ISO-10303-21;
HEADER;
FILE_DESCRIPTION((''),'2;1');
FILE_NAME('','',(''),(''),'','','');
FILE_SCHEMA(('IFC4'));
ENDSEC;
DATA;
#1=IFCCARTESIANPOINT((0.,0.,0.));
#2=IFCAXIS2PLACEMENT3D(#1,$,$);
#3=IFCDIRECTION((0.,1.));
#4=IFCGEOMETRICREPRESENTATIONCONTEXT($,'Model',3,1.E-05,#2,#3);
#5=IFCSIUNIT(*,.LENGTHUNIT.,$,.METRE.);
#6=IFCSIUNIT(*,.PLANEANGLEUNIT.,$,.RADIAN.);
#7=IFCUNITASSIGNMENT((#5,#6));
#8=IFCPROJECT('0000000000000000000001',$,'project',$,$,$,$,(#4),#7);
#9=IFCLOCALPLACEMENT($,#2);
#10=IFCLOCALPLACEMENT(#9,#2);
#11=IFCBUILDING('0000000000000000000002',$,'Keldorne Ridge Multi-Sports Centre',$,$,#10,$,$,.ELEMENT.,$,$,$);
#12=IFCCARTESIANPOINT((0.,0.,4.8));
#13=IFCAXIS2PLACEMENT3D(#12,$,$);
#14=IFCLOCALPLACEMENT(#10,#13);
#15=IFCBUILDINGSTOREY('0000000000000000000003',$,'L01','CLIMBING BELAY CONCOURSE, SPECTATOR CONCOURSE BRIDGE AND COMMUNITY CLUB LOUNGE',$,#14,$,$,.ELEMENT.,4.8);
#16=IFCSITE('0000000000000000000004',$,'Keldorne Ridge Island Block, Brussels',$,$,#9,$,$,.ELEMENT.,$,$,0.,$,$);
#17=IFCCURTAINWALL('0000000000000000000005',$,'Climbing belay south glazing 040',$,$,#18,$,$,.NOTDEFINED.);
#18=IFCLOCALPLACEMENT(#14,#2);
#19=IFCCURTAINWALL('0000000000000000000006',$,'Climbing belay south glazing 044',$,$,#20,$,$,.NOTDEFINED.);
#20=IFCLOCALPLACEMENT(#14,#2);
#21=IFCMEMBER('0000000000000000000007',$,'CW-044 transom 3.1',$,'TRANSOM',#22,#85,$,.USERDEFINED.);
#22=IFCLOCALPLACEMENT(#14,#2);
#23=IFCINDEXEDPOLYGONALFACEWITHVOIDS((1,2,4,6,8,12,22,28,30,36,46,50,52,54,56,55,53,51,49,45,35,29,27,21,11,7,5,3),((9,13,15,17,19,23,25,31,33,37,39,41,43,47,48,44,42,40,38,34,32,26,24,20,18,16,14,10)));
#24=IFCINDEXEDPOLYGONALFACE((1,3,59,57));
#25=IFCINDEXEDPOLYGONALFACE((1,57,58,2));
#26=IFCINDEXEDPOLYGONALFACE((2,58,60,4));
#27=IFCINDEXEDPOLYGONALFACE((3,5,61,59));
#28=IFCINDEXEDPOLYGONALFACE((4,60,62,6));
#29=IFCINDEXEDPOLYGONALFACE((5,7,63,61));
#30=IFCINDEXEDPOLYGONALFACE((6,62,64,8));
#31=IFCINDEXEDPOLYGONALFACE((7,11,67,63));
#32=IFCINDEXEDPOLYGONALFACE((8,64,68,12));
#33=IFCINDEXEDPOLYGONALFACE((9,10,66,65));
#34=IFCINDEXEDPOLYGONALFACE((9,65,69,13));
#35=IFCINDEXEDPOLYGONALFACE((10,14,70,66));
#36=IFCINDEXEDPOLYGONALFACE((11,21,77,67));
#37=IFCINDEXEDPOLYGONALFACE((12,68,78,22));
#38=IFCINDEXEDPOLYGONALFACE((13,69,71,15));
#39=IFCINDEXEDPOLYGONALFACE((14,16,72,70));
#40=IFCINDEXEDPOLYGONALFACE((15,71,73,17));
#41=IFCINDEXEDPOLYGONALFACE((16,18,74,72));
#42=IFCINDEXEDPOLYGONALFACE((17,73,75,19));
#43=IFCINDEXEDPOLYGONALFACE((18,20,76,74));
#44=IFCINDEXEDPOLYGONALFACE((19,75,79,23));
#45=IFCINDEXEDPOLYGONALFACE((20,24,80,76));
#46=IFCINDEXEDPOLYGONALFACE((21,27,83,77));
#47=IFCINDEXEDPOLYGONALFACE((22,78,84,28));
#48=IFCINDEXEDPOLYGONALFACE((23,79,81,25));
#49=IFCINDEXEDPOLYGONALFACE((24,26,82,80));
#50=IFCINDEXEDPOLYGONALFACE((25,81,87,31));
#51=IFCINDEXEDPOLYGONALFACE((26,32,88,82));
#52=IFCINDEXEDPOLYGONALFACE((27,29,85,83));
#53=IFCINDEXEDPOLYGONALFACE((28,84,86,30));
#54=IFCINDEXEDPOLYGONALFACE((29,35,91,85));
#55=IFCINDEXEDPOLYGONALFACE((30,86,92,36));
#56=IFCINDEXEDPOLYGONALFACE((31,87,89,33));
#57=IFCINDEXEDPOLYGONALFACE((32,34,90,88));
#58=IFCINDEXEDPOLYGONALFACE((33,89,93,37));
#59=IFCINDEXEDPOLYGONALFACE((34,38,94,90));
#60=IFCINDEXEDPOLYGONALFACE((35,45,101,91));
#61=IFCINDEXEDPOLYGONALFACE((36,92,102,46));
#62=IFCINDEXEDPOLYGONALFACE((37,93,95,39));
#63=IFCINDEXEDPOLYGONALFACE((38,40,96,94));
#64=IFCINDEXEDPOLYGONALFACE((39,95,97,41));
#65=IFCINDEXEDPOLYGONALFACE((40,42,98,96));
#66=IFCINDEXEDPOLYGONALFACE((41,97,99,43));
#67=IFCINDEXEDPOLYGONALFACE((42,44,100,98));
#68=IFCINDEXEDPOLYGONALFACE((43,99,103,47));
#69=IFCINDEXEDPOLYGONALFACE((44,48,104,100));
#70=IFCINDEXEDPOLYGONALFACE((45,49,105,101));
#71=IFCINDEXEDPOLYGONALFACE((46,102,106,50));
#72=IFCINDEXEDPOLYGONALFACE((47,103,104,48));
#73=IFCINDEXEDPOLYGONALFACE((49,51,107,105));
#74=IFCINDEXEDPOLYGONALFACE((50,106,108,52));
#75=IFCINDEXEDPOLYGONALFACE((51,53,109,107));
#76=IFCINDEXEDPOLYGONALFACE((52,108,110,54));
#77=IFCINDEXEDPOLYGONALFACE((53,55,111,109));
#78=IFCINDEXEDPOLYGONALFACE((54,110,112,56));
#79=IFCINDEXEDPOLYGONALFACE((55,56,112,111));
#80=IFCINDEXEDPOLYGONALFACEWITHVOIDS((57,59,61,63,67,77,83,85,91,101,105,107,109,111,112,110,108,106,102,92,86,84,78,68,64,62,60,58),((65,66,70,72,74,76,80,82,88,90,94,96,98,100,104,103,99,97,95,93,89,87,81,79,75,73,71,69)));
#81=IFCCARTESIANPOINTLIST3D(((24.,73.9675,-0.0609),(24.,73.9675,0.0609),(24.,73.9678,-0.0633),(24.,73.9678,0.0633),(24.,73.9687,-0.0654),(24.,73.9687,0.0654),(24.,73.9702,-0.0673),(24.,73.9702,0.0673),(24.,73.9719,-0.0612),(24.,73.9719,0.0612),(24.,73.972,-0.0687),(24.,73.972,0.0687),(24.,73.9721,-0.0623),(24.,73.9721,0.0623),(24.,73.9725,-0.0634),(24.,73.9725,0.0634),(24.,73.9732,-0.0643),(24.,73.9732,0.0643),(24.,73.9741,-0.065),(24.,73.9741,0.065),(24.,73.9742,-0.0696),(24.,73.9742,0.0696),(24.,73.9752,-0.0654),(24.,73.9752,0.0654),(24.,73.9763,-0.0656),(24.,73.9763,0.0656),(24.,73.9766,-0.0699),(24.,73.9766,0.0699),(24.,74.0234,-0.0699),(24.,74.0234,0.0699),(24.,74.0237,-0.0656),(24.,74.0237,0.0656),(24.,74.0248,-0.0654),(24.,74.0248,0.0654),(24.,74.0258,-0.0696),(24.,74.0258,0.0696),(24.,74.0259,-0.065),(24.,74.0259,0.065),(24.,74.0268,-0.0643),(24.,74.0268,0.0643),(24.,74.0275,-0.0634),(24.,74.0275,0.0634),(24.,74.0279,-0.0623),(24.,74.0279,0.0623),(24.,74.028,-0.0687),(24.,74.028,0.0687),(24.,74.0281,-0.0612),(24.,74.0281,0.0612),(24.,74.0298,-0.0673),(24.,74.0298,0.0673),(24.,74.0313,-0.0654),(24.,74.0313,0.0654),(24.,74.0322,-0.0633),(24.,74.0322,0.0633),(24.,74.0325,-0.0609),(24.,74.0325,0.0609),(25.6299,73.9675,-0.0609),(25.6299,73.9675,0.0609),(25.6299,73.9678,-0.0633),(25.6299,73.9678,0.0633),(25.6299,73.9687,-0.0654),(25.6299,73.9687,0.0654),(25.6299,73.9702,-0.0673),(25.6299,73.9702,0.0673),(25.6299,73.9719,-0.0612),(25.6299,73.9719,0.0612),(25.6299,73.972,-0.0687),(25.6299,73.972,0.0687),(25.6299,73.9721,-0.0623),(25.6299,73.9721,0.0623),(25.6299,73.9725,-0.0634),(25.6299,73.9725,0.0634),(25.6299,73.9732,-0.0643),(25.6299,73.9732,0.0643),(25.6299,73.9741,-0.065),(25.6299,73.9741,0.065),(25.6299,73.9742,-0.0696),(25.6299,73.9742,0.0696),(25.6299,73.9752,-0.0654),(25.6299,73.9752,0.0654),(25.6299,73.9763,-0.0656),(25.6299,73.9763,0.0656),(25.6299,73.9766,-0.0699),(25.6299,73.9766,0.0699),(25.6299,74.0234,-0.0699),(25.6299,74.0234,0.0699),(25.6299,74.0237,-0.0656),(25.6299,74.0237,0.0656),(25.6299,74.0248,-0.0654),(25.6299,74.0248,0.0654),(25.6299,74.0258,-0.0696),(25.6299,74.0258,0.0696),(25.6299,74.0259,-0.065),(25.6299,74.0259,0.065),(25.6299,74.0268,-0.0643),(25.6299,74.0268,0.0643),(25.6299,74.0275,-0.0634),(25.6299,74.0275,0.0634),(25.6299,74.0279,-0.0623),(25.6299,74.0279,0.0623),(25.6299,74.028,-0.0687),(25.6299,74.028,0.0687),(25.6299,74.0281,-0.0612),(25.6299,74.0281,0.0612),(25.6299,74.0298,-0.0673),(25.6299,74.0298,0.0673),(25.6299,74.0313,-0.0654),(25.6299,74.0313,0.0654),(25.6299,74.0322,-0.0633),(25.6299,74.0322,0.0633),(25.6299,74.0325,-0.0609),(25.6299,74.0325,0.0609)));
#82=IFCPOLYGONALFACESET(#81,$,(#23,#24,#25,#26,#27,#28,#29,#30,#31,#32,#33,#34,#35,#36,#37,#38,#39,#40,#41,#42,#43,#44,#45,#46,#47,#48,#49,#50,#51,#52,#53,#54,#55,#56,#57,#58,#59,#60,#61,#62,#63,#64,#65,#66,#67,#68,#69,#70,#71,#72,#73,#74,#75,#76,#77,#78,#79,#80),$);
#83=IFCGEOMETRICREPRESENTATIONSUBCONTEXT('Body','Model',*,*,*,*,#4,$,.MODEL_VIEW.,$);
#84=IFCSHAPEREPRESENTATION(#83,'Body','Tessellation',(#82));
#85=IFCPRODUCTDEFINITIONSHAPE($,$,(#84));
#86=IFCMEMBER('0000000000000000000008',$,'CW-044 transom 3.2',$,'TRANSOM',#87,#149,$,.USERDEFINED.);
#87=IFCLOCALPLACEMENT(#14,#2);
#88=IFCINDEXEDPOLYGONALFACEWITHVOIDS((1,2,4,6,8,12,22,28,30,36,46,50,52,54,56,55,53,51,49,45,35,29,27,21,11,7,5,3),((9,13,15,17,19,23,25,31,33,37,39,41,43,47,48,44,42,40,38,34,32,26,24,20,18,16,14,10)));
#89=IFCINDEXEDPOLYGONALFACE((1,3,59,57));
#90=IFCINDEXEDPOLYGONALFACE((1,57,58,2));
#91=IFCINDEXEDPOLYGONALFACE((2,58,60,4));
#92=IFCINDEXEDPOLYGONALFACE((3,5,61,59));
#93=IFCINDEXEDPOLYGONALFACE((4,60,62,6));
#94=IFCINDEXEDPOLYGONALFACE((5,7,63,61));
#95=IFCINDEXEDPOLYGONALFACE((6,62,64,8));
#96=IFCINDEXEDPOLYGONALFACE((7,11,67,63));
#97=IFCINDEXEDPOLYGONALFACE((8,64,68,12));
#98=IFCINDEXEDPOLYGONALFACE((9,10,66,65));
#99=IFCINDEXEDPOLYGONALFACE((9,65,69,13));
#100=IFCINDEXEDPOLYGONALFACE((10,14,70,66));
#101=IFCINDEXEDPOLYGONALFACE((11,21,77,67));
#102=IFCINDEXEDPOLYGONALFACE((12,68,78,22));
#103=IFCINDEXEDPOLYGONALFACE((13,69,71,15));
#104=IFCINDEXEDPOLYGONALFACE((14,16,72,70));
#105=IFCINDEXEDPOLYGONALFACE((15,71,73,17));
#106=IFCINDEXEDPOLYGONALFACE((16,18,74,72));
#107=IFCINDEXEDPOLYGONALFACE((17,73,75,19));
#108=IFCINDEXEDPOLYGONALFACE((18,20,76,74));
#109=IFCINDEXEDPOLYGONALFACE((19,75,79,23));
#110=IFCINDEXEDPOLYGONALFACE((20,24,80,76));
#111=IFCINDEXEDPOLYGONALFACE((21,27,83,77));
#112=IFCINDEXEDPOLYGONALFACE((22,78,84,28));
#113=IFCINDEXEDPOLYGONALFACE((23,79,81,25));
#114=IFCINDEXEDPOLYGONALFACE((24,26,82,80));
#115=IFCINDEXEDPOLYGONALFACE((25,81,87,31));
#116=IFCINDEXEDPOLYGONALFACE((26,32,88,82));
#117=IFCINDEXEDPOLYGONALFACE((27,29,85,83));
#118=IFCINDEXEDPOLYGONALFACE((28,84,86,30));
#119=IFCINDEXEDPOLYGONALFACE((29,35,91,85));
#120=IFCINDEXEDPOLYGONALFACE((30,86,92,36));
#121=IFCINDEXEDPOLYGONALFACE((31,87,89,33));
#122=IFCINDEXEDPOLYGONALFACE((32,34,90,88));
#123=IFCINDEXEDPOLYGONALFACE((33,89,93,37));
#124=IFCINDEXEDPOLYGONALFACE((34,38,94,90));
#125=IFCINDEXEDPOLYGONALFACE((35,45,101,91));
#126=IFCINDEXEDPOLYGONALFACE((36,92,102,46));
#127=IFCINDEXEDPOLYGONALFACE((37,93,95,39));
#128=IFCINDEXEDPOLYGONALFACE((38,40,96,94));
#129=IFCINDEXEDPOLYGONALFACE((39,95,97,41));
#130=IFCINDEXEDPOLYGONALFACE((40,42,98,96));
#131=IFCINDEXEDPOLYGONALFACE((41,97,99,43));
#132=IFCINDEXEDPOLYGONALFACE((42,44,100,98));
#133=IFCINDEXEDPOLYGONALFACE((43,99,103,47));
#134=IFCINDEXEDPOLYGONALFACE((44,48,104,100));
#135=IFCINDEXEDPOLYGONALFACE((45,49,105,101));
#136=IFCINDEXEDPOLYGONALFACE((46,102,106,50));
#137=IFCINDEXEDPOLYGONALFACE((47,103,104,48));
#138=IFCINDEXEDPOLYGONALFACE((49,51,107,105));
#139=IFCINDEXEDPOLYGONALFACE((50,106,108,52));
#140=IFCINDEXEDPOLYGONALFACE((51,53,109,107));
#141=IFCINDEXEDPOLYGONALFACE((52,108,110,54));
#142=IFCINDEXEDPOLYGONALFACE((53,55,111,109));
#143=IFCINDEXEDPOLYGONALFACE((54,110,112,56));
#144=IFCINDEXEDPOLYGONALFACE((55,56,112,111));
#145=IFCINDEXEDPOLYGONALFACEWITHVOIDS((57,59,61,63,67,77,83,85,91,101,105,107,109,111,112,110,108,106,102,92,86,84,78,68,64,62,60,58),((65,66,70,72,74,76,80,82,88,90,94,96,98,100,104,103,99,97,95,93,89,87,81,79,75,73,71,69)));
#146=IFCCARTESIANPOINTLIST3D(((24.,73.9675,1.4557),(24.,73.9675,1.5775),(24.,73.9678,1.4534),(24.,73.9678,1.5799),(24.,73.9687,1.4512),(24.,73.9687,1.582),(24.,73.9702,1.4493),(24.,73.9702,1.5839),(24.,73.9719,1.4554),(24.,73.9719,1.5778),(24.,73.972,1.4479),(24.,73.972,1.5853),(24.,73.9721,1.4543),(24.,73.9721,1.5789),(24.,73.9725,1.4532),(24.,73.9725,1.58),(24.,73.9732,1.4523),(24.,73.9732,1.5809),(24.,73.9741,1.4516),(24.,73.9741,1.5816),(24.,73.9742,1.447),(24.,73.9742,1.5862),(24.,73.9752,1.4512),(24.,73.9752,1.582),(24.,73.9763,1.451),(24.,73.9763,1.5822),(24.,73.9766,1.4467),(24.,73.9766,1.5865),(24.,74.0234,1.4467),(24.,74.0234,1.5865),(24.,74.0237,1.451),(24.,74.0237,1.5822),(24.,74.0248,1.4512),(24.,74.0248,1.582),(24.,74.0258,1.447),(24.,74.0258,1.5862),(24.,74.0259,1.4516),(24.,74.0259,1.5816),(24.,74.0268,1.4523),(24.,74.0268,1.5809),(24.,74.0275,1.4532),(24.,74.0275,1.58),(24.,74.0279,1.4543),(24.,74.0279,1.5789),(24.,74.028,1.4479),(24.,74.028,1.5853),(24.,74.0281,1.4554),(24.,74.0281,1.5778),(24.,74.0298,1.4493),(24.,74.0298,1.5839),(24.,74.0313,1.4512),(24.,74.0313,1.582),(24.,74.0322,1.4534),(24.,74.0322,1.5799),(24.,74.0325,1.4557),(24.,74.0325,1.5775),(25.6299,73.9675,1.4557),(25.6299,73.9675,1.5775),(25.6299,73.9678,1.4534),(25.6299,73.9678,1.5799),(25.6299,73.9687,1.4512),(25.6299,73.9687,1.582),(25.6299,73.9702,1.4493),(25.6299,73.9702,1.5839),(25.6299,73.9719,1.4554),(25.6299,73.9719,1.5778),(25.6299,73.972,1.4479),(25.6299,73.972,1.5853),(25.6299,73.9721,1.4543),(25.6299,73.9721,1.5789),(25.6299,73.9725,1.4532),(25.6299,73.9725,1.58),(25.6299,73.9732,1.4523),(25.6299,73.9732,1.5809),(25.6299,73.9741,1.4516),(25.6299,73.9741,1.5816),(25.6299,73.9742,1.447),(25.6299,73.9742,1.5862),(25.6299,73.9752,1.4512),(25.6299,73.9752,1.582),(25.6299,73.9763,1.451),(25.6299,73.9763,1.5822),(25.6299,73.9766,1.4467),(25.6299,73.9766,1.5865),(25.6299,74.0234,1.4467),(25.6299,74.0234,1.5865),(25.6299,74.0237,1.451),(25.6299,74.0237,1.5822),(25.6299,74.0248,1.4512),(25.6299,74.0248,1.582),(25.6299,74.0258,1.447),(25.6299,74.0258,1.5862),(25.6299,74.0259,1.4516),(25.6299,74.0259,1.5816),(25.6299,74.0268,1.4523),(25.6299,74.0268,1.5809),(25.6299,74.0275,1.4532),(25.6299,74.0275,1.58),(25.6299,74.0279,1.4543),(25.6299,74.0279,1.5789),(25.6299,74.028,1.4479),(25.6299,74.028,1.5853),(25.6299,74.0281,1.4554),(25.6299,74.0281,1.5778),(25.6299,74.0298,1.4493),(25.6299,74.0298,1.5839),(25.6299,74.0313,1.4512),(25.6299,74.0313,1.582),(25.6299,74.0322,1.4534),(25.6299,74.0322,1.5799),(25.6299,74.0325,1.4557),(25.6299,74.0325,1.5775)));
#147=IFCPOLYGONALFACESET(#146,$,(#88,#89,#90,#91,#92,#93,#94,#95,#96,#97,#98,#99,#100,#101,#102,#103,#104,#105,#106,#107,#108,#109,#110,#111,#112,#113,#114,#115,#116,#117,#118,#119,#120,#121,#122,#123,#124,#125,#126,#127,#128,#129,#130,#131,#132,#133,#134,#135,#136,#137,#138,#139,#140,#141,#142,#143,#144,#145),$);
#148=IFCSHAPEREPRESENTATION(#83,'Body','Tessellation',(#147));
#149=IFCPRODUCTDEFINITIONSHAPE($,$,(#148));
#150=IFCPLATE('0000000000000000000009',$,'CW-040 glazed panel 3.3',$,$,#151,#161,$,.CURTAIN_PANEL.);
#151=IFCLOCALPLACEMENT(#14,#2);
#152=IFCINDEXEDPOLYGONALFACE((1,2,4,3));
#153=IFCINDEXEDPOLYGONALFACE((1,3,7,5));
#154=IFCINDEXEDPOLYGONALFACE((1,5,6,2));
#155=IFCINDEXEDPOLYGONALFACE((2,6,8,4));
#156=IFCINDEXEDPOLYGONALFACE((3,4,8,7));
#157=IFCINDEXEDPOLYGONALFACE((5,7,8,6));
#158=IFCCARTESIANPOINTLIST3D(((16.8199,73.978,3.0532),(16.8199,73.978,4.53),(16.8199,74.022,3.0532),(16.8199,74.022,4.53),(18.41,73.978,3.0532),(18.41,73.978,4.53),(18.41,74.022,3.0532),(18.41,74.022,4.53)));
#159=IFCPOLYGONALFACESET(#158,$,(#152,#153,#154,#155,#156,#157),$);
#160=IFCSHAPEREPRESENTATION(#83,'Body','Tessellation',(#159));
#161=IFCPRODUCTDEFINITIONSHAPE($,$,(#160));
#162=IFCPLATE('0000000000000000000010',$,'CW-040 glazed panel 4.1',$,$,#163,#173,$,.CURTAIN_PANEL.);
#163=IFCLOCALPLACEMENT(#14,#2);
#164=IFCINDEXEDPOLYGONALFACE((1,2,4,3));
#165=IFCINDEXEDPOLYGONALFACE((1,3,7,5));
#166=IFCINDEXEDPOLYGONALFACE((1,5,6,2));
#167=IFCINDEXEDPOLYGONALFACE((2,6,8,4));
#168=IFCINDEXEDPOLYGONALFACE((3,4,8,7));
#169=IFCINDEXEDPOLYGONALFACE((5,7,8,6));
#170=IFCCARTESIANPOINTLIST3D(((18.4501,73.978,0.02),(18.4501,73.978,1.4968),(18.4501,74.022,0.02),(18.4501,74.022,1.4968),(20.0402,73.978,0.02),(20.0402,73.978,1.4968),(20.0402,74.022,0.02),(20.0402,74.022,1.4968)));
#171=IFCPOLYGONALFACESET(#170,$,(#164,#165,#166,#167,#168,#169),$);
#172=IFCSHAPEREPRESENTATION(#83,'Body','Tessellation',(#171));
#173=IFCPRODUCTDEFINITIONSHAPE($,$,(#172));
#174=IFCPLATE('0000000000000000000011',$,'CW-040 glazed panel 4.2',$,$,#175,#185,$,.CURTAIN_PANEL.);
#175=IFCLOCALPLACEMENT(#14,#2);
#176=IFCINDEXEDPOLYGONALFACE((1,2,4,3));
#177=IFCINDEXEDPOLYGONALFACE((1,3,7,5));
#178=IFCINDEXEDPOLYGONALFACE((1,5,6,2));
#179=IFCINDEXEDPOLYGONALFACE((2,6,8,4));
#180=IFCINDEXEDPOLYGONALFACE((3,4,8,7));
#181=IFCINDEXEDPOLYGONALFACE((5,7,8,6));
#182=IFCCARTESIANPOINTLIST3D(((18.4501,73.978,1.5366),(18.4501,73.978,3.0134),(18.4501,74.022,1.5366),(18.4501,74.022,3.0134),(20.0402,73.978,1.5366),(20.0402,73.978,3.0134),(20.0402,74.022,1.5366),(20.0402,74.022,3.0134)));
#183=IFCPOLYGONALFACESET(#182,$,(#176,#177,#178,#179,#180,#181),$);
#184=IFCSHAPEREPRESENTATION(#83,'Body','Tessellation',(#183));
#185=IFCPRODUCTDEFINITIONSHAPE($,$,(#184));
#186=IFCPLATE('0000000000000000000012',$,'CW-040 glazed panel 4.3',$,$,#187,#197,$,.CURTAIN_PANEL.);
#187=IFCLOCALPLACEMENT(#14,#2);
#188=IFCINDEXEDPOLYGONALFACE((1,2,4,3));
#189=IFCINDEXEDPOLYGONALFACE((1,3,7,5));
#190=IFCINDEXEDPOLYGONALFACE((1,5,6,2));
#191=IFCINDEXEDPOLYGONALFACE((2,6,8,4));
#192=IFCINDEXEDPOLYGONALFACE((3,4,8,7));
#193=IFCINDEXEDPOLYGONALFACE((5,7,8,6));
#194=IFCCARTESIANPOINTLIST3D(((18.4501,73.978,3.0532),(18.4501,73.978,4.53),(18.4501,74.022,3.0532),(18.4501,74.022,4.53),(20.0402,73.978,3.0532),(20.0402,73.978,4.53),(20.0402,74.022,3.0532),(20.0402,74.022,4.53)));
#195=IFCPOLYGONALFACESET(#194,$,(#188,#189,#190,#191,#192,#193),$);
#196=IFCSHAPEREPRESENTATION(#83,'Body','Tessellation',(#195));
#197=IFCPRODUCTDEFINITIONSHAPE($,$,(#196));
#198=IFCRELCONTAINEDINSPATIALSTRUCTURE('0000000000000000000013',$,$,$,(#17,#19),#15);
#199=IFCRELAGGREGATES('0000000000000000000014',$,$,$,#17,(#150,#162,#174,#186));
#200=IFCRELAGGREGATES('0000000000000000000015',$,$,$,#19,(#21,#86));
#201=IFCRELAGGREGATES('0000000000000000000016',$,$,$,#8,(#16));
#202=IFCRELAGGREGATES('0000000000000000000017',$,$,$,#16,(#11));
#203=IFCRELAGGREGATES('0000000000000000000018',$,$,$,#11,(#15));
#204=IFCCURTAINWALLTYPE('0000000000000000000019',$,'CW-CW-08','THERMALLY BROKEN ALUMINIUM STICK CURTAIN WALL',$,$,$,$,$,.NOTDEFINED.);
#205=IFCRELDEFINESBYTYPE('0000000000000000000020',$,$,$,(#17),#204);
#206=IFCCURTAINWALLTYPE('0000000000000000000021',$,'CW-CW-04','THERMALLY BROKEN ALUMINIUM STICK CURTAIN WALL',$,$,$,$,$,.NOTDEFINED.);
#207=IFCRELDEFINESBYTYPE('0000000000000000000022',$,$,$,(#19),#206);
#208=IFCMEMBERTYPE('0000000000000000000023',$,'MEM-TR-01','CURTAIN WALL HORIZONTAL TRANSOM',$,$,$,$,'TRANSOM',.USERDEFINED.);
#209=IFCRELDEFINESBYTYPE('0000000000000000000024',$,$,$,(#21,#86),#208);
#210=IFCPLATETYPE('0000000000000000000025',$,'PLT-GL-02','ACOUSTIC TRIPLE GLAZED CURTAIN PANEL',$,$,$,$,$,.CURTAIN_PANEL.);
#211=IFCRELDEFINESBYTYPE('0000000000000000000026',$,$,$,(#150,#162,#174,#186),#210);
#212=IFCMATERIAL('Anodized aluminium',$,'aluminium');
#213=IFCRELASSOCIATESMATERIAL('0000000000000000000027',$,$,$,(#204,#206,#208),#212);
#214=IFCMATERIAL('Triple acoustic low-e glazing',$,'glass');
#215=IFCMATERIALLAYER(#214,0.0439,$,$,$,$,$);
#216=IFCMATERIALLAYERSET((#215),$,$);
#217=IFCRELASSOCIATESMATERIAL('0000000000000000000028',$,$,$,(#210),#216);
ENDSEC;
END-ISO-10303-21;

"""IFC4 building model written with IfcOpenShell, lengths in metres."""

from ifc_helpers import new_model, si_unit, direction, frame, origin, origin_2d, place, context, subcontext, project, spatial, rectangle, hollow_rectangle, extrude, material, layer, layer_set, material_profile, profile_set, type_object, element, aggregate, save


model = new_model("IFC4")

# Units and contexts
model_context = context("Model", 3, precision=1e-05, world=origin(), true_north=direction((0.0, 1.0)))
body_context = subcontext(model_context, "Body", "Model", "MODEL_VIEW")
ifc_project = project(units=[si_unit("LENGTHUNIT", "METRE"), si_unit("PLANEANGLEUNIT", "RADIAN")], contexts=[model_context])

# Site, building, storey
site_placement = place(None, origin())
site = spatial("IfcSite", under=ifc_project, at=site_placement, Name="Keldorne Ridge Island Block, Brussels", CompositionType="ELEMENT", RefElevation=0.0)
building_placement = place(site_placement, origin())
building = spatial("IfcBuilding", under=site, at=building_placement, Name="Keldorne Ridge Multi-Sports Centre", CompositionType="ELEMENT")
storey_placement = place(building_placement, frame((0.0, 0.0, 4.8)))
storey = spatial("IfcBuildingStorey", under=building, at=storey_placement, Name="L01", Description="CLIMBING BELAY CONCOURSE, SPECTATOR CONCOURSE BRIDGE AND COMMUNITY CLUB LOUNGE", CompositionType="ELEMENT", Elevation=4.8)

# Curtain walls
ifc_material_1 = material(Name="Anodized aluminium", Category="aluminium")
curtain_wall_type_1 = type_object("IfcCurtainWallType", Name="CW-CW-08", Description="THERMALLY BROKEN ALUMINIUM STICK CURTAIN WALL", PredefinedType="NOTDEFINED", material=ifc_material_1)
curtain_wall_1_placement = place(storey_placement, origin())
curtain_wall_1 = element("IfcCurtainWall", 1, at=curtain_wall_1_placement, inside=storey, type_object=curtain_wall_type_1, Name="Climbing belay south glazing 040", PredefinedType="NOTDEFINED")
curtain_wall_type_2 = type_object("IfcCurtainWallType", Name="CW-CW-04", Description="THERMALLY BROKEN ALUMINIUM STICK CURTAIN WALL", PredefinedType="NOTDEFINED", material=ifc_material_1)
curtain_wall_2_placement = place(storey_placement, origin())
curtain_wall_2 = element("IfcCurtainWall", 2, at=curtain_wall_2_placement, inside=storey, type_object=curtain_wall_type_2, Name="Climbing belay south glazing 044", PredefinedType="NOTDEFINED")

# Members
ifc_material_profile_1 = material_profile(ifc_material_1, hollow_rectangle(XDim=0.0649, YDim=0.1399, WallThickness=0.0044, InnerFilletRadius=0.0044, OuterFilletRadius=0.009, at=origin_2d()), Name="ALU TRANSOM 140x65x4.5")
ifc_profile_set_1 = profile_set([ifc_material_profile_1], Name="Anodized aluminium")
member_type_1 = type_object("IfcMemberType", Name="MEM-TR-01", Description="CURTAIN WALL HORIZONTAL TRANSOM", ElementType="TRANSOM", PredefinedType="USERDEFINED", material=ifc_profile_set_1)
member_1_placement = place(storey_placement, frame((24.0, 74.0, 0.0), z_axis=(1.0, 0.0, 0.0), x_axis=(0.0, 1.0, 0.0)))
member_1 = element("IfcMember", 3, at=member_1_placement, type_object=member_type_1, Name="CW-044 transom 3.1", ObjectType="TRANSOM", PredefinedType="USERDEFINED", context=body_context, shape_type="SweptSolid", body=[
    extrude(hollow_rectangle(XDim=0.0649, YDim=0.1399, WallThickness=0.0044, InnerFilletRadius=0.0044, OuterFilletRadius=0.009, at=origin_2d()), origin(), (0.0, 0.0, 1.0), 1.6299),
])
member_2_placement = place(storey_placement, frame((24.0, 74.0, 1.5166), z_axis=(1.0, 0.0, 0.0), x_axis=(0.0, 1.0, 0.0)))
member_2 = element("IfcMember", 4, at=member_2_placement, type_object=member_type_1, Name="CW-044 transom 3.2", ObjectType="TRANSOM", PredefinedType="USERDEFINED", context=body_context, shape_type="SweptSolid", body=[
    extrude(hollow_rectangle(XDim=0.0649, YDim=0.1399, WallThickness=0.0044, InnerFilletRadius=0.0044, OuterFilletRadius=0.009, at=origin_2d()), origin(), (0.0, 0.0, 1.0), 1.6299),
])

# Plates
ifc_material_2 = material(Name="Triple acoustic low-e glazing", Category="glass")
ifc_layer = layer(ifc_material_2, 0.0439)
ifc_layer_set = layer_set([ifc_layer])
plate_type = type_object("IfcPlateType", Name="PLT-GL-02", Description="ACOUSTIC TRIPLE GLAZED CURTAIN PANEL", PredefinedType="CURTAIN_PANEL", material=ifc_layer_set)
plate_1_placement = place(storey_placement, frame((17.615, 74.0, 3.0532), z_axis=(0.0, 0.0, 1.0), x_axis=(1.0, 0.0, 0.0)))
plate_1 = element("IfcPlate", 5, at=plate_1_placement, type_object=plate_type, Name="CW-040 glazed panel 3.3", PredefinedType="CURTAIN_PANEL", context=body_context, shape_type="SweptSolid", body=[
    extrude(rectangle(XDim=1.5901, YDim=0.0439, at=origin_2d()), origin(), (0.0, 0.0, 1.0), 1.4768),
])
plate_2_placement = place(storey_placement, frame((19.2451, 74.0, 0.02), z_axis=(0.0, 0.0, 1.0), x_axis=(1.0, 0.0, 0.0)))
plate_2 = element("IfcPlate", 6, at=plate_2_placement, type_object=plate_type, Name="CW-040 glazed panel 4.1", PredefinedType="CURTAIN_PANEL", context=body_context, shape_type="SweptSolid", body=[
    extrude(rectangle(XDim=1.5901, YDim=0.0439, at=origin_2d()), origin(), (0.0, 0.0, 1.0), 1.4768),
])
plate_3_placement = place(storey_placement, frame((19.2451, 74.0, 1.5366), z_axis=(0.0, 0.0, 1.0), x_axis=(1.0, 0.0, 0.0)))
plate_3 = element("IfcPlate", 7, at=plate_3_placement, type_object=plate_type, Name="CW-040 glazed panel 4.2", PredefinedType="CURTAIN_PANEL", context=body_context, shape_type="SweptSolid", body=[
    extrude(rectangle(XDim=1.5901, YDim=0.0439, at=origin_2d()), origin(), (0.0, 0.0, 1.0), 1.4768),
])
plate_4_placement = place(storey_placement, frame((19.2451, 74.0, 3.0532), z_axis=(0.0, 0.0, 1.0), x_axis=(1.0, 0.0, 0.0)))
plate_4 = element("IfcPlate", 8, at=plate_4_placement, type_object=plate_type, Name="CW-040 glazed panel 4.3", PredefinedType="CURTAIN_PANEL", context=body_context, shape_type="SweptSolid", body=[
    extrude(rectangle(XDim=1.5901, YDim=0.0439, at=origin_2d()), origin(), (0.0, 0.0, 1.0), 1.4768),
])
aggregate(curtain_wall_1, [plate_1, plate_2, plate_3, plate_4])
aggregate(curtain_wall_2, [member_1, member_2])

save(model, "model.ifc")
